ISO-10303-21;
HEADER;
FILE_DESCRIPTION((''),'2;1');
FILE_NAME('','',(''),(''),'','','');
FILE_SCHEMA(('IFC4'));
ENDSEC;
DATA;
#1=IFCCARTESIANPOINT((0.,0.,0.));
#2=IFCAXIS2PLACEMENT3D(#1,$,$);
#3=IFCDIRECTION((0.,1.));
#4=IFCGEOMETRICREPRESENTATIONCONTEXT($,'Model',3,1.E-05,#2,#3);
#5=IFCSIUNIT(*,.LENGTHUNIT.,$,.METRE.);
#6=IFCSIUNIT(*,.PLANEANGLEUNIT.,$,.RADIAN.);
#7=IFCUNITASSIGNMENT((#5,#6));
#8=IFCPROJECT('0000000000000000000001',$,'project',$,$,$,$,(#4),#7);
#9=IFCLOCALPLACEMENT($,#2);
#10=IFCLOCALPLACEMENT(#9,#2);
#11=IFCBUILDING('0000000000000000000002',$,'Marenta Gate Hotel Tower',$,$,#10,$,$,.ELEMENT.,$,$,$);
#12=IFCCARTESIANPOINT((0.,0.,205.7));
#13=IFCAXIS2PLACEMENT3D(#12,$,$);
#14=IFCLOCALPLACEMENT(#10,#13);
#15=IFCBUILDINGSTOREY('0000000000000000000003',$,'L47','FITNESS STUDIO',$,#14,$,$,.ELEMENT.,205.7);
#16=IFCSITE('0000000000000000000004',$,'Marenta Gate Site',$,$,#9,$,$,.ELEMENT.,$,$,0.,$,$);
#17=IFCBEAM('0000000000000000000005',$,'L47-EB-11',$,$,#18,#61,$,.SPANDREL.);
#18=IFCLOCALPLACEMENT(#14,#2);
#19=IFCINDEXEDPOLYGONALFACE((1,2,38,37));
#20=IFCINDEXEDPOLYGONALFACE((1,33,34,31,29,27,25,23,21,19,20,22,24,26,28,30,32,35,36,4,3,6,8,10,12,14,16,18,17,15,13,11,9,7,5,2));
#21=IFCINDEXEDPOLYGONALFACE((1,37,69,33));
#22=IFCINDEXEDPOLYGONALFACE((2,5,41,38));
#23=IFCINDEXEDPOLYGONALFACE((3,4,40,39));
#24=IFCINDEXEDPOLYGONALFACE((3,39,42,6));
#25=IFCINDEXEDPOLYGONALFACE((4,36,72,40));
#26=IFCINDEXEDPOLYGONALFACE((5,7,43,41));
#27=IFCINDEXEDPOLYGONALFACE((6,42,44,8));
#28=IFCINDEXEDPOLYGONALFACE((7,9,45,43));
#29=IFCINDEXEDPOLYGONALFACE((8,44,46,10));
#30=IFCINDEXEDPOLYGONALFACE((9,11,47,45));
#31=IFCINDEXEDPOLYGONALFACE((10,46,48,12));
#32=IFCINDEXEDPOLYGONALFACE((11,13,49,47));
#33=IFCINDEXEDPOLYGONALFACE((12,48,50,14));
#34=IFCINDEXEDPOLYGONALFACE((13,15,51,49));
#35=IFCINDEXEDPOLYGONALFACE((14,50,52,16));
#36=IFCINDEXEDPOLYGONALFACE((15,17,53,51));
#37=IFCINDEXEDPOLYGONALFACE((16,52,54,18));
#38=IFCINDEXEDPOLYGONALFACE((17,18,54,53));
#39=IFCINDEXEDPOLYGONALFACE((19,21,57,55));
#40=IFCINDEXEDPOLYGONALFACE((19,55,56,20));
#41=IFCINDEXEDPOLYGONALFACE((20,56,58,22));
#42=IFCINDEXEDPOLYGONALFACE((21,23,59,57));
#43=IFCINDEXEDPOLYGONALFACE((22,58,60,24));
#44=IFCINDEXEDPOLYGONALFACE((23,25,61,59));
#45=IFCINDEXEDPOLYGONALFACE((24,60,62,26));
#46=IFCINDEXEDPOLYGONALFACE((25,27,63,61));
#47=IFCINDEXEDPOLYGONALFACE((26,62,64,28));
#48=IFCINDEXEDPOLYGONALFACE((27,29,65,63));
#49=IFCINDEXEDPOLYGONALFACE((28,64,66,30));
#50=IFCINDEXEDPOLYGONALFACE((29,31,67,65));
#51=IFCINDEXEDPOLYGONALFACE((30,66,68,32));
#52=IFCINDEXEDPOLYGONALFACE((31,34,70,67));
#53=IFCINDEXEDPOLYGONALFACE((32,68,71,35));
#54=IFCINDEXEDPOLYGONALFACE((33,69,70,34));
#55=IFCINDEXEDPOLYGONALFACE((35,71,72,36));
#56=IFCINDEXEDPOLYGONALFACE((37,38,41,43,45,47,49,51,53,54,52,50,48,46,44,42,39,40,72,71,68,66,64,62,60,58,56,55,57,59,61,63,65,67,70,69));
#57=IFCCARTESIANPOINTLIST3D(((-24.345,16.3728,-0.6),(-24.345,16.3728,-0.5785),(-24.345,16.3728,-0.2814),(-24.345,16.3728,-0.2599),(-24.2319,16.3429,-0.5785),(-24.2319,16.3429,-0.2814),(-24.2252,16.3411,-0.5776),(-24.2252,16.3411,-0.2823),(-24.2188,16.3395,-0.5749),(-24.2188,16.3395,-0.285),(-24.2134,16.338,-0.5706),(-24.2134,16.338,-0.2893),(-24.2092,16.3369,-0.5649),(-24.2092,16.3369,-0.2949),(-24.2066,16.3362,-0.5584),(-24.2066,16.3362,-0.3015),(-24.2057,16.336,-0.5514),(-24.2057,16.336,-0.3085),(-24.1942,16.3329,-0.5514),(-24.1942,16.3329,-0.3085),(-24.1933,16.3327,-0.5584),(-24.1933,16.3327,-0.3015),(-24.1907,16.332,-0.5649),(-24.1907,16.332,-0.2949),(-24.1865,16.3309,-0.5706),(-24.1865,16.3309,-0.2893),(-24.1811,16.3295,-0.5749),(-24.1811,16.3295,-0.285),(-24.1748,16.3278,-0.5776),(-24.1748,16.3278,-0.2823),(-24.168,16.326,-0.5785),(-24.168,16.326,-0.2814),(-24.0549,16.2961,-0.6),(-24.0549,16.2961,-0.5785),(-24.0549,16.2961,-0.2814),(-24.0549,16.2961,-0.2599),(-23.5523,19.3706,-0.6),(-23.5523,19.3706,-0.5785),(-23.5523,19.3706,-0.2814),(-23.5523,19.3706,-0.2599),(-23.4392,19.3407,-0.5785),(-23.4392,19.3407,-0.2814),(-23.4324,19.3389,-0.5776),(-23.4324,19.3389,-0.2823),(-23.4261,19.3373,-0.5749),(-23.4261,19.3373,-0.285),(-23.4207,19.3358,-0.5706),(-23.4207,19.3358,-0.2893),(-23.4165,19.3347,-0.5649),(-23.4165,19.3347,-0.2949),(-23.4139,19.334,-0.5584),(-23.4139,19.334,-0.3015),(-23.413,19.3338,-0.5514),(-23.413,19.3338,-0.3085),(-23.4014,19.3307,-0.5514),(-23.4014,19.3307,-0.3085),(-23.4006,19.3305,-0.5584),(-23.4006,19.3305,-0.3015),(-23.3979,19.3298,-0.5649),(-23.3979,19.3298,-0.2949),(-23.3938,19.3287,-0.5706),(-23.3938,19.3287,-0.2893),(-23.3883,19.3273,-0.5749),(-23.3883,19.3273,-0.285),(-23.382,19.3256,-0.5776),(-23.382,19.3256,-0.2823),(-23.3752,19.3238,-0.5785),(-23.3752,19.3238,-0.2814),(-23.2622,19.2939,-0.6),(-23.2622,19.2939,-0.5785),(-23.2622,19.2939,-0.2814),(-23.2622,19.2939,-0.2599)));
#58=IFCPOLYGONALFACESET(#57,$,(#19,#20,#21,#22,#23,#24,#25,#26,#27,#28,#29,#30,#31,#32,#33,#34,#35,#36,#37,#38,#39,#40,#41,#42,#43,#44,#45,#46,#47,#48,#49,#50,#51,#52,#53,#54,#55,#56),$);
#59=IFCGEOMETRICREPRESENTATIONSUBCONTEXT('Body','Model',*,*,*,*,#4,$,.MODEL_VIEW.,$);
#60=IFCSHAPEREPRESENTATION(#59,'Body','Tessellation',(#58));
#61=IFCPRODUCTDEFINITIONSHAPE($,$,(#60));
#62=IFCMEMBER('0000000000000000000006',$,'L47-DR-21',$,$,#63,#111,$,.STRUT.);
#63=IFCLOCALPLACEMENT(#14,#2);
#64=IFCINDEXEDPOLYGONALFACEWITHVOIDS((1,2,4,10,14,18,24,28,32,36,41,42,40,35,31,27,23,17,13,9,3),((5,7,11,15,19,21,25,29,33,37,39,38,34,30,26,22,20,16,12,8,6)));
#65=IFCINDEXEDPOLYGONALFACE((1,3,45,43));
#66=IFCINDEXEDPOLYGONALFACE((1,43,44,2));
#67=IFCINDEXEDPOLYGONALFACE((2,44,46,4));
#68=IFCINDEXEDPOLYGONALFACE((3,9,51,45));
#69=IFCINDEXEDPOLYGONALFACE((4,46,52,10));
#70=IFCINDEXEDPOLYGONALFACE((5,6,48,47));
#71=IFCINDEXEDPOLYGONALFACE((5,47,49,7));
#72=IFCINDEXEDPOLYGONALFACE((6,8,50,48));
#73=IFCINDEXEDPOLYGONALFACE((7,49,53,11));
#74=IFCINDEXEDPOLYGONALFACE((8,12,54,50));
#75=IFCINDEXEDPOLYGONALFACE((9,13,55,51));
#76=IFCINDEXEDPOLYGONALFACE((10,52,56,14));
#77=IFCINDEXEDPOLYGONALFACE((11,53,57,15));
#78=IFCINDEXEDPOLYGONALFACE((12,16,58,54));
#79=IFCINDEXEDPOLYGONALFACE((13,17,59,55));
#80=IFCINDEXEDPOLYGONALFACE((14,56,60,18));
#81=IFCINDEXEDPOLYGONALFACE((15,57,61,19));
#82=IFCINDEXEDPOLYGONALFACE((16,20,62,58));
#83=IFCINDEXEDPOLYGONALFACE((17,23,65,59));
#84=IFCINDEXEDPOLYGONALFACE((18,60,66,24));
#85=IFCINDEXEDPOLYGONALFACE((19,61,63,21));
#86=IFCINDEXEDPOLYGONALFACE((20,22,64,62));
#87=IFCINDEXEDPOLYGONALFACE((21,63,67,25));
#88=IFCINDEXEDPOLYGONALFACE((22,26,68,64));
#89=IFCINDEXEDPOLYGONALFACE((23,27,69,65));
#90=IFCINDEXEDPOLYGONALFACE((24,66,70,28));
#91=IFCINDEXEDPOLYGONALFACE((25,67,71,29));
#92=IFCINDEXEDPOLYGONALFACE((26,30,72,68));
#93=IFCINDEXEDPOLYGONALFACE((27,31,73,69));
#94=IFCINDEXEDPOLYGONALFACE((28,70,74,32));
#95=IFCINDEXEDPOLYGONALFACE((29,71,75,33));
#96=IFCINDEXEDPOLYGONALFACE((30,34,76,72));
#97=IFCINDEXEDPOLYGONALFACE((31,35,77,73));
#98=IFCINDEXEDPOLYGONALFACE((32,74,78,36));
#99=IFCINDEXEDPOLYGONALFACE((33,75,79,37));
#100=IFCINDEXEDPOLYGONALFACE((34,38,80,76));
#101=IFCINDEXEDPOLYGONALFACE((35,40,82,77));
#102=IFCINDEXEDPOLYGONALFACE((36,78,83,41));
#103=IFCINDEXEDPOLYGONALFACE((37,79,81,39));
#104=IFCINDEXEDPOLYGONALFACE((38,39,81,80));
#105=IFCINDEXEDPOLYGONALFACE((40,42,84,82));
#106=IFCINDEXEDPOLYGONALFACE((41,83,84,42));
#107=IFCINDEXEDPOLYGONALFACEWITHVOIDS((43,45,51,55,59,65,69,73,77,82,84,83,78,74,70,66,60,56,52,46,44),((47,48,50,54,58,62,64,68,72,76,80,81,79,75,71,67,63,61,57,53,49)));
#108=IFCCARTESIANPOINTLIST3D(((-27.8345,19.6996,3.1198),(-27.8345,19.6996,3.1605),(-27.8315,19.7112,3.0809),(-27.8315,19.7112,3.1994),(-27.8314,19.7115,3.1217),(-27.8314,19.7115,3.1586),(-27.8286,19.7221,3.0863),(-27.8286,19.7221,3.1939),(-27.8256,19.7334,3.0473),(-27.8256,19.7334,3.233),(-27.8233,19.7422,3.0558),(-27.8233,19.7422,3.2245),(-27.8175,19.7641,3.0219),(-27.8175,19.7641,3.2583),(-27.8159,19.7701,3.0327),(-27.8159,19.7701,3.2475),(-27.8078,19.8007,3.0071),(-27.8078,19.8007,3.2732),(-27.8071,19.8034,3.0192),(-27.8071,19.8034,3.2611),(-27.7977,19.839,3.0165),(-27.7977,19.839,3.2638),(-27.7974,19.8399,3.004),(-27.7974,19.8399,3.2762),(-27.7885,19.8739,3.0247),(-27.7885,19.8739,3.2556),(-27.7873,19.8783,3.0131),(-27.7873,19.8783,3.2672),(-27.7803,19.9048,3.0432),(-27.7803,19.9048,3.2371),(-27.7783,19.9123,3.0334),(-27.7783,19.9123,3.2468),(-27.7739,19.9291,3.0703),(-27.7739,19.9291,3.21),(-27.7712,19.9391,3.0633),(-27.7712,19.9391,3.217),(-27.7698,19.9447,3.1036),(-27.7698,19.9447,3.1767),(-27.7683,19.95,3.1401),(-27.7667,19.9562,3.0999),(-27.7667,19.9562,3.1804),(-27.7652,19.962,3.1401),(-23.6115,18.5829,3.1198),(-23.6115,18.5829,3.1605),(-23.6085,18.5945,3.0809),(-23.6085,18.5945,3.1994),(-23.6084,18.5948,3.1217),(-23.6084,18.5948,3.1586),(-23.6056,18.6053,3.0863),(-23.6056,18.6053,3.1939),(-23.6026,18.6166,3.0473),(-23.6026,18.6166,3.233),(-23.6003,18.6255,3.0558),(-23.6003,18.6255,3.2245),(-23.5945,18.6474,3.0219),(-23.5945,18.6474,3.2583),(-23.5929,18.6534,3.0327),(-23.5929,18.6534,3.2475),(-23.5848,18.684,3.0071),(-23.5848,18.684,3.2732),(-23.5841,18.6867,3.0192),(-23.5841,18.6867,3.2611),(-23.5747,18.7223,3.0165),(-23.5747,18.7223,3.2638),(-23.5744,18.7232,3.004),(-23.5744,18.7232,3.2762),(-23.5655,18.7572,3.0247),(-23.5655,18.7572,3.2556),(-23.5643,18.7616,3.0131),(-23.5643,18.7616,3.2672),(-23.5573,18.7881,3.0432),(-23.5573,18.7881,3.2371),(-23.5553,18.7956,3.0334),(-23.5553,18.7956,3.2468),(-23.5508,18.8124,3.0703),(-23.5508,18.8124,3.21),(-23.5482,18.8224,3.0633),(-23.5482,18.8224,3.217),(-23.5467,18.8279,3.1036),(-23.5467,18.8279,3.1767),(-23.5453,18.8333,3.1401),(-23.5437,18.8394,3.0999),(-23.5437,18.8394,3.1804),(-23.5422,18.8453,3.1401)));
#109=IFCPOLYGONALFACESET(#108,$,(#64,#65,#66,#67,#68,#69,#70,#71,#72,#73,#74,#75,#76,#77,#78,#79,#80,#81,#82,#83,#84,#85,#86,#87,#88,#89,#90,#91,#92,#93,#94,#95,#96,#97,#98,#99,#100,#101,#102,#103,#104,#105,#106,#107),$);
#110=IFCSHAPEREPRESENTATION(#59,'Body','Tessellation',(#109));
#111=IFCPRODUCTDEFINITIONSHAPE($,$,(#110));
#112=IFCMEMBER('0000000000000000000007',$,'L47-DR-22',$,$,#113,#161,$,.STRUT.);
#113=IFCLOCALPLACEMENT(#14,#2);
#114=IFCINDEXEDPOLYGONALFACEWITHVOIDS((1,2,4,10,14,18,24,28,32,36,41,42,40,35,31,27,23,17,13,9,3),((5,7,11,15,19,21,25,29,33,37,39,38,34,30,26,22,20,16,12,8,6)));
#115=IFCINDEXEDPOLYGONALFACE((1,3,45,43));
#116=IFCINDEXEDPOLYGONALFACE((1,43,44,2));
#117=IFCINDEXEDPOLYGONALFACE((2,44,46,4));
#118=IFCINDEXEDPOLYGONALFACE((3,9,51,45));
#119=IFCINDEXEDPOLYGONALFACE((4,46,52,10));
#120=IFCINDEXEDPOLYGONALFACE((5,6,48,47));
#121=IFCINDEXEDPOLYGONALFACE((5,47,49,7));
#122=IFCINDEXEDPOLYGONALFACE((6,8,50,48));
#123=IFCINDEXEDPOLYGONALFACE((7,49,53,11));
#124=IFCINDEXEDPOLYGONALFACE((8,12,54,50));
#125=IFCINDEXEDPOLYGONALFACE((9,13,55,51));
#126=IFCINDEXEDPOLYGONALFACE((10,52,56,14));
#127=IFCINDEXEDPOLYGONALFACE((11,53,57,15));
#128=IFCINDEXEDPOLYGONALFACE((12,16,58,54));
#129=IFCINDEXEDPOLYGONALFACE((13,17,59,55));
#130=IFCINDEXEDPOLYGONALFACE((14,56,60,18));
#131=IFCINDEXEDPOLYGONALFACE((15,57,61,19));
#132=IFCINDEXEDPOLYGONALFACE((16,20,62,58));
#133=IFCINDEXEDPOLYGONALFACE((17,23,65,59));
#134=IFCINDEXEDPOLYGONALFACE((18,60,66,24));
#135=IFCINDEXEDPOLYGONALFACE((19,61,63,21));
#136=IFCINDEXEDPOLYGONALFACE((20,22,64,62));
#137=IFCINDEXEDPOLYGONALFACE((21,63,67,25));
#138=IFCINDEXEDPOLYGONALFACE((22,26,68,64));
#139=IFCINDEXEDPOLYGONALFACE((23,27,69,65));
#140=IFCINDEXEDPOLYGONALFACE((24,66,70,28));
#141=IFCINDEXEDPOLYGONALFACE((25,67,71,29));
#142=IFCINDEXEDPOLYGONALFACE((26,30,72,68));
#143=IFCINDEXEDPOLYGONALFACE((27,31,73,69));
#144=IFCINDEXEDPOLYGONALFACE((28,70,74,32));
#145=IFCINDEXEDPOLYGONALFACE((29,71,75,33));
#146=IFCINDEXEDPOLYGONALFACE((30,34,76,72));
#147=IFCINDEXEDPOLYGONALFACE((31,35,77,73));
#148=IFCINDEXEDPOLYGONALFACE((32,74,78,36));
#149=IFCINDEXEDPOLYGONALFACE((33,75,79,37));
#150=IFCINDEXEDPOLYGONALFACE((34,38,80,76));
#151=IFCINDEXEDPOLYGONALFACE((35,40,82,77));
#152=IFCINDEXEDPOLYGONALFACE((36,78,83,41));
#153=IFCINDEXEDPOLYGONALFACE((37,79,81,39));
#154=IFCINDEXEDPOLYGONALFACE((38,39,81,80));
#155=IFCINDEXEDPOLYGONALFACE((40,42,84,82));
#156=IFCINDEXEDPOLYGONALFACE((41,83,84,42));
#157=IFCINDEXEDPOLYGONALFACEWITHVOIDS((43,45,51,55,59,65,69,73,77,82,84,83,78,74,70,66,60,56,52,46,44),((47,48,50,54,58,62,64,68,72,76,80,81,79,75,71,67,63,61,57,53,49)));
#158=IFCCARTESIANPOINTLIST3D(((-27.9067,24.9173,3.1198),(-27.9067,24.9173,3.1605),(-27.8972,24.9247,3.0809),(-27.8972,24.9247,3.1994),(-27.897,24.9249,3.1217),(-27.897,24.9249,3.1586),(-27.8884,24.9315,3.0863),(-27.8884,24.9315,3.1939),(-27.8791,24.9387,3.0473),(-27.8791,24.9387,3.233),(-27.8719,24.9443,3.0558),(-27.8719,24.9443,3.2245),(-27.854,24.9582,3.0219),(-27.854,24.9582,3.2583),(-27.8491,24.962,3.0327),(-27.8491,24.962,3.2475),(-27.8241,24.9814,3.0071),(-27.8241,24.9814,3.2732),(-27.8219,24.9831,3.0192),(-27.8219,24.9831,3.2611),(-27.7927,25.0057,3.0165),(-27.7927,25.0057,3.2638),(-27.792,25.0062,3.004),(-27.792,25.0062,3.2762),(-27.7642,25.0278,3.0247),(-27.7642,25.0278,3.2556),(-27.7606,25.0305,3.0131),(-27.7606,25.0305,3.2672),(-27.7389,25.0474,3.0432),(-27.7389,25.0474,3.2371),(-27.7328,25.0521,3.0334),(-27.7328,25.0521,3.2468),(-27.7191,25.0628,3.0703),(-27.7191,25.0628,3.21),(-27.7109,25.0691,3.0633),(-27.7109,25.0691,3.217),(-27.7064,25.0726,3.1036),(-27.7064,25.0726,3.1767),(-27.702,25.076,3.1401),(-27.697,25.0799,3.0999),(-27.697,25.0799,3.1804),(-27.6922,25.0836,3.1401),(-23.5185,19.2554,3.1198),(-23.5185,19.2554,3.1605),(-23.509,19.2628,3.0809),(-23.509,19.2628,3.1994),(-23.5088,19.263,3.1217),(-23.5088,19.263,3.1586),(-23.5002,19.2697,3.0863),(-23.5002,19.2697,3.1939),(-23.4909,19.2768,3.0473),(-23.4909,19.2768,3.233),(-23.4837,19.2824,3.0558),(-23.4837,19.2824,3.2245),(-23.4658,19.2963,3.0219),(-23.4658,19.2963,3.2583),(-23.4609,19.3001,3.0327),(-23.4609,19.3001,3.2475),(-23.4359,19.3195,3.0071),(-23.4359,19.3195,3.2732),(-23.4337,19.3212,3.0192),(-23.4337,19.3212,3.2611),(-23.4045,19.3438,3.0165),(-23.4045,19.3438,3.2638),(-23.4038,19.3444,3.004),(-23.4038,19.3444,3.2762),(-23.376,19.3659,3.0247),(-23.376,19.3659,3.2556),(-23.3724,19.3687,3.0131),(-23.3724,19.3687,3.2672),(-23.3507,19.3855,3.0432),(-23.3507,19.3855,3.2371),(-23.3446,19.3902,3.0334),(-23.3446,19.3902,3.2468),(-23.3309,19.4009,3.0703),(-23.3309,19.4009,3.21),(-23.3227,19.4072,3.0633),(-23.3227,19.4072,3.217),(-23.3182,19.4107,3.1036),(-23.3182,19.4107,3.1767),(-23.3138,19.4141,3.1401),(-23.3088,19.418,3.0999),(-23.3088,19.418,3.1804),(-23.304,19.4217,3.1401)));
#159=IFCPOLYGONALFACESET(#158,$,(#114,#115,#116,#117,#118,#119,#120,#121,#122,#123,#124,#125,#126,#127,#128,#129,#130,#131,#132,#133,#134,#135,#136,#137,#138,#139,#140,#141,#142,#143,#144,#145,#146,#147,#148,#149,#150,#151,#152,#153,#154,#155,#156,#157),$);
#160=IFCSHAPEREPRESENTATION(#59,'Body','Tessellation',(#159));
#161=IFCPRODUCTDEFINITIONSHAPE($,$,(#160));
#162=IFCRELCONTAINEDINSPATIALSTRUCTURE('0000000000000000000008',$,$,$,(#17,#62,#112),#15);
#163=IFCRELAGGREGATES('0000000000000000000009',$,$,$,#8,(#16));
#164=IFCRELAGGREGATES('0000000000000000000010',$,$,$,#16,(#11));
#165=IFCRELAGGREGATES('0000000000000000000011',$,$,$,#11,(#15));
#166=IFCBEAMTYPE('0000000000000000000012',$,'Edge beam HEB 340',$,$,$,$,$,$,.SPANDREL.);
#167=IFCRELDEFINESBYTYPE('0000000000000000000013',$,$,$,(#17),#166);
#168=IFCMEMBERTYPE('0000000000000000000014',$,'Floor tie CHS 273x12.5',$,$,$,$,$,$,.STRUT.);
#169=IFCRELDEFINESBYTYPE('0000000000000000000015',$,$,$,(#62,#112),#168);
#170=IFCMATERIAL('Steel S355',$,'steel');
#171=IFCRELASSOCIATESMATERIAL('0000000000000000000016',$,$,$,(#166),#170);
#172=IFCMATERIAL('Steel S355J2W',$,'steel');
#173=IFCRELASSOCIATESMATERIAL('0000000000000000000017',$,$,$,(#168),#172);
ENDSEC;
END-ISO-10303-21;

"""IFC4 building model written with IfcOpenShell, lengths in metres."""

from ifc_helpers import new_model, si_unit, direction, frame, origin, origin_2d, place, context, subcontext, project, spatial, hollow_circle, i_section, extrude, material, material_profile, profile_set, type_object, element, save


model = new_model("IFC4")

# Units and contexts
model_context = context("Model", 3, precision=1e-05, world=origin(), true_north=direction((0.0, 1.0)))
body_context = subcontext(model_context, "Body", "Model", "MODEL_VIEW")
ifc_project = project(units=[si_unit("LENGTHUNIT", "METRE"), si_unit("PLANEANGLEUNIT", "RADIAN")], contexts=[model_context])

# Site, building, storey
site_placement = place(None, origin())
site = spatial("IfcSite", under=ifc_project, at=site_placement, Name="Marenta Gate Site", CompositionType="ELEMENT", RefElevation=0.0)
building_placement = place(site_placement, origin())
building = spatial("IfcBuilding", under=site, at=building_placement, Name="Marenta Gate Hotel Tower", CompositionType="ELEMENT")
storey_placement = place(building_placement, frame((0.0, 0.0, 205.7)))
storey = spatial("IfcBuildingStorey", under=building, at=storey_placement, Name="L47", Description="FITNESS STUDIO", CompositionType="ELEMENT", Elevation=205.7)

# Beam
ifc_material_1 = material(Name="Steel S355", Category="steel")
ifc_material_profile_1 = material_profile(ifc_material_1, i_section(OverallWidth=0.3, OverallDepth=0.3401, WebThickness=0.012, FlangeThickness=0.0215, FilletRadius=0.0271, at=origin_2d()), Name="HEB 340")
ifc_profile_set_1 = profile_set([ifc_material_profile_1], Name="Steel S355")
beam_type_1 = type_object("IfcBeamType", Name="Edge beam HEB 340", PredefinedType="SPANDREL", material=ifc_profile_set_1)
beam_1_placement = place(storey_placement, frame((-24.2, 16.3345, -0.4299), z_axis=(0.255648, 0.96677, 0.0), x_axis=(-0.96677, 0.255648, 0.0)))
element("IfcBeam", 1, at=beam_1_placement, inside=storey, type_object=beam_type_1, Name="L47-EB-11", PredefinedType="SPANDREL", context=body_context, shape_type="SweptSolid", body=[
    extrude(i_section(OverallWidth=0.3, OverallDepth=0.3401, WebThickness=0.012, FlangeThickness=0.0215, FilletRadius=0.0271, at=origin_2d()), origin(), (0.0, 0.0, 1.0), 3.1008),
])

# Members
ifc_material_2 = material(Name="Steel S355J2W", Category="steel")
ifc_material_profile_2 = material_profile(ifc_material_2, hollow_circle(Radius=0.1365, WallThickness=0.0125, at=origin_2d()), Name="CHS 273x12.5")
ifc_profile_set_2 = profile_set([ifc_material_profile_2], Name="Steel S355J2W")
member_type_1 = type_object("IfcMemberType", Name="Floor tie CHS 273x12.5", PredefinedType="STRUT", material=ifc_profile_set_2)
member_1_placement = place(storey_placement, frame((-27.8, 19.8301, 3.1401), z_axis=(0.966769, -0.255651, 0.0), x_axis=(0.255651, 0.966769, 0.0)))
element("IfcMember", 2, at=member_1_placement, inside=storey, type_object=member_type_1, Name="L47-DR-21", PredefinedType="STRUT", context=body_context, shape_type="SweptSolid", body=[
    extrude(hollow_circle(Radius=0.1365, WallThickness=0.0125, at=origin_2d()), origin(), (0.0, 0.0, 1.0), 4.3682),
])
member_2_placement = place(storey_placement, frame((-27.8, 25.0, 3.1401), z_axis=(0.612592, -0.790399, 0.0), x_axis=(0.790399, 0.612592, 0.0)))
element("IfcMember", 3, at=member_2_placement, inside=storey, type_object=member_type_1, Name="L47-DR-22", PredefinedType="STRUT", context=body_context, shape_type="SweptSolid", body=[
    extrude(hollow_circle(Radius=0.1365, WallThickness=0.0125, at=origin_2d()), origin(), (0.0, 0.0, 1.0), 7.1633),
])

save(model, "model.ifc")
